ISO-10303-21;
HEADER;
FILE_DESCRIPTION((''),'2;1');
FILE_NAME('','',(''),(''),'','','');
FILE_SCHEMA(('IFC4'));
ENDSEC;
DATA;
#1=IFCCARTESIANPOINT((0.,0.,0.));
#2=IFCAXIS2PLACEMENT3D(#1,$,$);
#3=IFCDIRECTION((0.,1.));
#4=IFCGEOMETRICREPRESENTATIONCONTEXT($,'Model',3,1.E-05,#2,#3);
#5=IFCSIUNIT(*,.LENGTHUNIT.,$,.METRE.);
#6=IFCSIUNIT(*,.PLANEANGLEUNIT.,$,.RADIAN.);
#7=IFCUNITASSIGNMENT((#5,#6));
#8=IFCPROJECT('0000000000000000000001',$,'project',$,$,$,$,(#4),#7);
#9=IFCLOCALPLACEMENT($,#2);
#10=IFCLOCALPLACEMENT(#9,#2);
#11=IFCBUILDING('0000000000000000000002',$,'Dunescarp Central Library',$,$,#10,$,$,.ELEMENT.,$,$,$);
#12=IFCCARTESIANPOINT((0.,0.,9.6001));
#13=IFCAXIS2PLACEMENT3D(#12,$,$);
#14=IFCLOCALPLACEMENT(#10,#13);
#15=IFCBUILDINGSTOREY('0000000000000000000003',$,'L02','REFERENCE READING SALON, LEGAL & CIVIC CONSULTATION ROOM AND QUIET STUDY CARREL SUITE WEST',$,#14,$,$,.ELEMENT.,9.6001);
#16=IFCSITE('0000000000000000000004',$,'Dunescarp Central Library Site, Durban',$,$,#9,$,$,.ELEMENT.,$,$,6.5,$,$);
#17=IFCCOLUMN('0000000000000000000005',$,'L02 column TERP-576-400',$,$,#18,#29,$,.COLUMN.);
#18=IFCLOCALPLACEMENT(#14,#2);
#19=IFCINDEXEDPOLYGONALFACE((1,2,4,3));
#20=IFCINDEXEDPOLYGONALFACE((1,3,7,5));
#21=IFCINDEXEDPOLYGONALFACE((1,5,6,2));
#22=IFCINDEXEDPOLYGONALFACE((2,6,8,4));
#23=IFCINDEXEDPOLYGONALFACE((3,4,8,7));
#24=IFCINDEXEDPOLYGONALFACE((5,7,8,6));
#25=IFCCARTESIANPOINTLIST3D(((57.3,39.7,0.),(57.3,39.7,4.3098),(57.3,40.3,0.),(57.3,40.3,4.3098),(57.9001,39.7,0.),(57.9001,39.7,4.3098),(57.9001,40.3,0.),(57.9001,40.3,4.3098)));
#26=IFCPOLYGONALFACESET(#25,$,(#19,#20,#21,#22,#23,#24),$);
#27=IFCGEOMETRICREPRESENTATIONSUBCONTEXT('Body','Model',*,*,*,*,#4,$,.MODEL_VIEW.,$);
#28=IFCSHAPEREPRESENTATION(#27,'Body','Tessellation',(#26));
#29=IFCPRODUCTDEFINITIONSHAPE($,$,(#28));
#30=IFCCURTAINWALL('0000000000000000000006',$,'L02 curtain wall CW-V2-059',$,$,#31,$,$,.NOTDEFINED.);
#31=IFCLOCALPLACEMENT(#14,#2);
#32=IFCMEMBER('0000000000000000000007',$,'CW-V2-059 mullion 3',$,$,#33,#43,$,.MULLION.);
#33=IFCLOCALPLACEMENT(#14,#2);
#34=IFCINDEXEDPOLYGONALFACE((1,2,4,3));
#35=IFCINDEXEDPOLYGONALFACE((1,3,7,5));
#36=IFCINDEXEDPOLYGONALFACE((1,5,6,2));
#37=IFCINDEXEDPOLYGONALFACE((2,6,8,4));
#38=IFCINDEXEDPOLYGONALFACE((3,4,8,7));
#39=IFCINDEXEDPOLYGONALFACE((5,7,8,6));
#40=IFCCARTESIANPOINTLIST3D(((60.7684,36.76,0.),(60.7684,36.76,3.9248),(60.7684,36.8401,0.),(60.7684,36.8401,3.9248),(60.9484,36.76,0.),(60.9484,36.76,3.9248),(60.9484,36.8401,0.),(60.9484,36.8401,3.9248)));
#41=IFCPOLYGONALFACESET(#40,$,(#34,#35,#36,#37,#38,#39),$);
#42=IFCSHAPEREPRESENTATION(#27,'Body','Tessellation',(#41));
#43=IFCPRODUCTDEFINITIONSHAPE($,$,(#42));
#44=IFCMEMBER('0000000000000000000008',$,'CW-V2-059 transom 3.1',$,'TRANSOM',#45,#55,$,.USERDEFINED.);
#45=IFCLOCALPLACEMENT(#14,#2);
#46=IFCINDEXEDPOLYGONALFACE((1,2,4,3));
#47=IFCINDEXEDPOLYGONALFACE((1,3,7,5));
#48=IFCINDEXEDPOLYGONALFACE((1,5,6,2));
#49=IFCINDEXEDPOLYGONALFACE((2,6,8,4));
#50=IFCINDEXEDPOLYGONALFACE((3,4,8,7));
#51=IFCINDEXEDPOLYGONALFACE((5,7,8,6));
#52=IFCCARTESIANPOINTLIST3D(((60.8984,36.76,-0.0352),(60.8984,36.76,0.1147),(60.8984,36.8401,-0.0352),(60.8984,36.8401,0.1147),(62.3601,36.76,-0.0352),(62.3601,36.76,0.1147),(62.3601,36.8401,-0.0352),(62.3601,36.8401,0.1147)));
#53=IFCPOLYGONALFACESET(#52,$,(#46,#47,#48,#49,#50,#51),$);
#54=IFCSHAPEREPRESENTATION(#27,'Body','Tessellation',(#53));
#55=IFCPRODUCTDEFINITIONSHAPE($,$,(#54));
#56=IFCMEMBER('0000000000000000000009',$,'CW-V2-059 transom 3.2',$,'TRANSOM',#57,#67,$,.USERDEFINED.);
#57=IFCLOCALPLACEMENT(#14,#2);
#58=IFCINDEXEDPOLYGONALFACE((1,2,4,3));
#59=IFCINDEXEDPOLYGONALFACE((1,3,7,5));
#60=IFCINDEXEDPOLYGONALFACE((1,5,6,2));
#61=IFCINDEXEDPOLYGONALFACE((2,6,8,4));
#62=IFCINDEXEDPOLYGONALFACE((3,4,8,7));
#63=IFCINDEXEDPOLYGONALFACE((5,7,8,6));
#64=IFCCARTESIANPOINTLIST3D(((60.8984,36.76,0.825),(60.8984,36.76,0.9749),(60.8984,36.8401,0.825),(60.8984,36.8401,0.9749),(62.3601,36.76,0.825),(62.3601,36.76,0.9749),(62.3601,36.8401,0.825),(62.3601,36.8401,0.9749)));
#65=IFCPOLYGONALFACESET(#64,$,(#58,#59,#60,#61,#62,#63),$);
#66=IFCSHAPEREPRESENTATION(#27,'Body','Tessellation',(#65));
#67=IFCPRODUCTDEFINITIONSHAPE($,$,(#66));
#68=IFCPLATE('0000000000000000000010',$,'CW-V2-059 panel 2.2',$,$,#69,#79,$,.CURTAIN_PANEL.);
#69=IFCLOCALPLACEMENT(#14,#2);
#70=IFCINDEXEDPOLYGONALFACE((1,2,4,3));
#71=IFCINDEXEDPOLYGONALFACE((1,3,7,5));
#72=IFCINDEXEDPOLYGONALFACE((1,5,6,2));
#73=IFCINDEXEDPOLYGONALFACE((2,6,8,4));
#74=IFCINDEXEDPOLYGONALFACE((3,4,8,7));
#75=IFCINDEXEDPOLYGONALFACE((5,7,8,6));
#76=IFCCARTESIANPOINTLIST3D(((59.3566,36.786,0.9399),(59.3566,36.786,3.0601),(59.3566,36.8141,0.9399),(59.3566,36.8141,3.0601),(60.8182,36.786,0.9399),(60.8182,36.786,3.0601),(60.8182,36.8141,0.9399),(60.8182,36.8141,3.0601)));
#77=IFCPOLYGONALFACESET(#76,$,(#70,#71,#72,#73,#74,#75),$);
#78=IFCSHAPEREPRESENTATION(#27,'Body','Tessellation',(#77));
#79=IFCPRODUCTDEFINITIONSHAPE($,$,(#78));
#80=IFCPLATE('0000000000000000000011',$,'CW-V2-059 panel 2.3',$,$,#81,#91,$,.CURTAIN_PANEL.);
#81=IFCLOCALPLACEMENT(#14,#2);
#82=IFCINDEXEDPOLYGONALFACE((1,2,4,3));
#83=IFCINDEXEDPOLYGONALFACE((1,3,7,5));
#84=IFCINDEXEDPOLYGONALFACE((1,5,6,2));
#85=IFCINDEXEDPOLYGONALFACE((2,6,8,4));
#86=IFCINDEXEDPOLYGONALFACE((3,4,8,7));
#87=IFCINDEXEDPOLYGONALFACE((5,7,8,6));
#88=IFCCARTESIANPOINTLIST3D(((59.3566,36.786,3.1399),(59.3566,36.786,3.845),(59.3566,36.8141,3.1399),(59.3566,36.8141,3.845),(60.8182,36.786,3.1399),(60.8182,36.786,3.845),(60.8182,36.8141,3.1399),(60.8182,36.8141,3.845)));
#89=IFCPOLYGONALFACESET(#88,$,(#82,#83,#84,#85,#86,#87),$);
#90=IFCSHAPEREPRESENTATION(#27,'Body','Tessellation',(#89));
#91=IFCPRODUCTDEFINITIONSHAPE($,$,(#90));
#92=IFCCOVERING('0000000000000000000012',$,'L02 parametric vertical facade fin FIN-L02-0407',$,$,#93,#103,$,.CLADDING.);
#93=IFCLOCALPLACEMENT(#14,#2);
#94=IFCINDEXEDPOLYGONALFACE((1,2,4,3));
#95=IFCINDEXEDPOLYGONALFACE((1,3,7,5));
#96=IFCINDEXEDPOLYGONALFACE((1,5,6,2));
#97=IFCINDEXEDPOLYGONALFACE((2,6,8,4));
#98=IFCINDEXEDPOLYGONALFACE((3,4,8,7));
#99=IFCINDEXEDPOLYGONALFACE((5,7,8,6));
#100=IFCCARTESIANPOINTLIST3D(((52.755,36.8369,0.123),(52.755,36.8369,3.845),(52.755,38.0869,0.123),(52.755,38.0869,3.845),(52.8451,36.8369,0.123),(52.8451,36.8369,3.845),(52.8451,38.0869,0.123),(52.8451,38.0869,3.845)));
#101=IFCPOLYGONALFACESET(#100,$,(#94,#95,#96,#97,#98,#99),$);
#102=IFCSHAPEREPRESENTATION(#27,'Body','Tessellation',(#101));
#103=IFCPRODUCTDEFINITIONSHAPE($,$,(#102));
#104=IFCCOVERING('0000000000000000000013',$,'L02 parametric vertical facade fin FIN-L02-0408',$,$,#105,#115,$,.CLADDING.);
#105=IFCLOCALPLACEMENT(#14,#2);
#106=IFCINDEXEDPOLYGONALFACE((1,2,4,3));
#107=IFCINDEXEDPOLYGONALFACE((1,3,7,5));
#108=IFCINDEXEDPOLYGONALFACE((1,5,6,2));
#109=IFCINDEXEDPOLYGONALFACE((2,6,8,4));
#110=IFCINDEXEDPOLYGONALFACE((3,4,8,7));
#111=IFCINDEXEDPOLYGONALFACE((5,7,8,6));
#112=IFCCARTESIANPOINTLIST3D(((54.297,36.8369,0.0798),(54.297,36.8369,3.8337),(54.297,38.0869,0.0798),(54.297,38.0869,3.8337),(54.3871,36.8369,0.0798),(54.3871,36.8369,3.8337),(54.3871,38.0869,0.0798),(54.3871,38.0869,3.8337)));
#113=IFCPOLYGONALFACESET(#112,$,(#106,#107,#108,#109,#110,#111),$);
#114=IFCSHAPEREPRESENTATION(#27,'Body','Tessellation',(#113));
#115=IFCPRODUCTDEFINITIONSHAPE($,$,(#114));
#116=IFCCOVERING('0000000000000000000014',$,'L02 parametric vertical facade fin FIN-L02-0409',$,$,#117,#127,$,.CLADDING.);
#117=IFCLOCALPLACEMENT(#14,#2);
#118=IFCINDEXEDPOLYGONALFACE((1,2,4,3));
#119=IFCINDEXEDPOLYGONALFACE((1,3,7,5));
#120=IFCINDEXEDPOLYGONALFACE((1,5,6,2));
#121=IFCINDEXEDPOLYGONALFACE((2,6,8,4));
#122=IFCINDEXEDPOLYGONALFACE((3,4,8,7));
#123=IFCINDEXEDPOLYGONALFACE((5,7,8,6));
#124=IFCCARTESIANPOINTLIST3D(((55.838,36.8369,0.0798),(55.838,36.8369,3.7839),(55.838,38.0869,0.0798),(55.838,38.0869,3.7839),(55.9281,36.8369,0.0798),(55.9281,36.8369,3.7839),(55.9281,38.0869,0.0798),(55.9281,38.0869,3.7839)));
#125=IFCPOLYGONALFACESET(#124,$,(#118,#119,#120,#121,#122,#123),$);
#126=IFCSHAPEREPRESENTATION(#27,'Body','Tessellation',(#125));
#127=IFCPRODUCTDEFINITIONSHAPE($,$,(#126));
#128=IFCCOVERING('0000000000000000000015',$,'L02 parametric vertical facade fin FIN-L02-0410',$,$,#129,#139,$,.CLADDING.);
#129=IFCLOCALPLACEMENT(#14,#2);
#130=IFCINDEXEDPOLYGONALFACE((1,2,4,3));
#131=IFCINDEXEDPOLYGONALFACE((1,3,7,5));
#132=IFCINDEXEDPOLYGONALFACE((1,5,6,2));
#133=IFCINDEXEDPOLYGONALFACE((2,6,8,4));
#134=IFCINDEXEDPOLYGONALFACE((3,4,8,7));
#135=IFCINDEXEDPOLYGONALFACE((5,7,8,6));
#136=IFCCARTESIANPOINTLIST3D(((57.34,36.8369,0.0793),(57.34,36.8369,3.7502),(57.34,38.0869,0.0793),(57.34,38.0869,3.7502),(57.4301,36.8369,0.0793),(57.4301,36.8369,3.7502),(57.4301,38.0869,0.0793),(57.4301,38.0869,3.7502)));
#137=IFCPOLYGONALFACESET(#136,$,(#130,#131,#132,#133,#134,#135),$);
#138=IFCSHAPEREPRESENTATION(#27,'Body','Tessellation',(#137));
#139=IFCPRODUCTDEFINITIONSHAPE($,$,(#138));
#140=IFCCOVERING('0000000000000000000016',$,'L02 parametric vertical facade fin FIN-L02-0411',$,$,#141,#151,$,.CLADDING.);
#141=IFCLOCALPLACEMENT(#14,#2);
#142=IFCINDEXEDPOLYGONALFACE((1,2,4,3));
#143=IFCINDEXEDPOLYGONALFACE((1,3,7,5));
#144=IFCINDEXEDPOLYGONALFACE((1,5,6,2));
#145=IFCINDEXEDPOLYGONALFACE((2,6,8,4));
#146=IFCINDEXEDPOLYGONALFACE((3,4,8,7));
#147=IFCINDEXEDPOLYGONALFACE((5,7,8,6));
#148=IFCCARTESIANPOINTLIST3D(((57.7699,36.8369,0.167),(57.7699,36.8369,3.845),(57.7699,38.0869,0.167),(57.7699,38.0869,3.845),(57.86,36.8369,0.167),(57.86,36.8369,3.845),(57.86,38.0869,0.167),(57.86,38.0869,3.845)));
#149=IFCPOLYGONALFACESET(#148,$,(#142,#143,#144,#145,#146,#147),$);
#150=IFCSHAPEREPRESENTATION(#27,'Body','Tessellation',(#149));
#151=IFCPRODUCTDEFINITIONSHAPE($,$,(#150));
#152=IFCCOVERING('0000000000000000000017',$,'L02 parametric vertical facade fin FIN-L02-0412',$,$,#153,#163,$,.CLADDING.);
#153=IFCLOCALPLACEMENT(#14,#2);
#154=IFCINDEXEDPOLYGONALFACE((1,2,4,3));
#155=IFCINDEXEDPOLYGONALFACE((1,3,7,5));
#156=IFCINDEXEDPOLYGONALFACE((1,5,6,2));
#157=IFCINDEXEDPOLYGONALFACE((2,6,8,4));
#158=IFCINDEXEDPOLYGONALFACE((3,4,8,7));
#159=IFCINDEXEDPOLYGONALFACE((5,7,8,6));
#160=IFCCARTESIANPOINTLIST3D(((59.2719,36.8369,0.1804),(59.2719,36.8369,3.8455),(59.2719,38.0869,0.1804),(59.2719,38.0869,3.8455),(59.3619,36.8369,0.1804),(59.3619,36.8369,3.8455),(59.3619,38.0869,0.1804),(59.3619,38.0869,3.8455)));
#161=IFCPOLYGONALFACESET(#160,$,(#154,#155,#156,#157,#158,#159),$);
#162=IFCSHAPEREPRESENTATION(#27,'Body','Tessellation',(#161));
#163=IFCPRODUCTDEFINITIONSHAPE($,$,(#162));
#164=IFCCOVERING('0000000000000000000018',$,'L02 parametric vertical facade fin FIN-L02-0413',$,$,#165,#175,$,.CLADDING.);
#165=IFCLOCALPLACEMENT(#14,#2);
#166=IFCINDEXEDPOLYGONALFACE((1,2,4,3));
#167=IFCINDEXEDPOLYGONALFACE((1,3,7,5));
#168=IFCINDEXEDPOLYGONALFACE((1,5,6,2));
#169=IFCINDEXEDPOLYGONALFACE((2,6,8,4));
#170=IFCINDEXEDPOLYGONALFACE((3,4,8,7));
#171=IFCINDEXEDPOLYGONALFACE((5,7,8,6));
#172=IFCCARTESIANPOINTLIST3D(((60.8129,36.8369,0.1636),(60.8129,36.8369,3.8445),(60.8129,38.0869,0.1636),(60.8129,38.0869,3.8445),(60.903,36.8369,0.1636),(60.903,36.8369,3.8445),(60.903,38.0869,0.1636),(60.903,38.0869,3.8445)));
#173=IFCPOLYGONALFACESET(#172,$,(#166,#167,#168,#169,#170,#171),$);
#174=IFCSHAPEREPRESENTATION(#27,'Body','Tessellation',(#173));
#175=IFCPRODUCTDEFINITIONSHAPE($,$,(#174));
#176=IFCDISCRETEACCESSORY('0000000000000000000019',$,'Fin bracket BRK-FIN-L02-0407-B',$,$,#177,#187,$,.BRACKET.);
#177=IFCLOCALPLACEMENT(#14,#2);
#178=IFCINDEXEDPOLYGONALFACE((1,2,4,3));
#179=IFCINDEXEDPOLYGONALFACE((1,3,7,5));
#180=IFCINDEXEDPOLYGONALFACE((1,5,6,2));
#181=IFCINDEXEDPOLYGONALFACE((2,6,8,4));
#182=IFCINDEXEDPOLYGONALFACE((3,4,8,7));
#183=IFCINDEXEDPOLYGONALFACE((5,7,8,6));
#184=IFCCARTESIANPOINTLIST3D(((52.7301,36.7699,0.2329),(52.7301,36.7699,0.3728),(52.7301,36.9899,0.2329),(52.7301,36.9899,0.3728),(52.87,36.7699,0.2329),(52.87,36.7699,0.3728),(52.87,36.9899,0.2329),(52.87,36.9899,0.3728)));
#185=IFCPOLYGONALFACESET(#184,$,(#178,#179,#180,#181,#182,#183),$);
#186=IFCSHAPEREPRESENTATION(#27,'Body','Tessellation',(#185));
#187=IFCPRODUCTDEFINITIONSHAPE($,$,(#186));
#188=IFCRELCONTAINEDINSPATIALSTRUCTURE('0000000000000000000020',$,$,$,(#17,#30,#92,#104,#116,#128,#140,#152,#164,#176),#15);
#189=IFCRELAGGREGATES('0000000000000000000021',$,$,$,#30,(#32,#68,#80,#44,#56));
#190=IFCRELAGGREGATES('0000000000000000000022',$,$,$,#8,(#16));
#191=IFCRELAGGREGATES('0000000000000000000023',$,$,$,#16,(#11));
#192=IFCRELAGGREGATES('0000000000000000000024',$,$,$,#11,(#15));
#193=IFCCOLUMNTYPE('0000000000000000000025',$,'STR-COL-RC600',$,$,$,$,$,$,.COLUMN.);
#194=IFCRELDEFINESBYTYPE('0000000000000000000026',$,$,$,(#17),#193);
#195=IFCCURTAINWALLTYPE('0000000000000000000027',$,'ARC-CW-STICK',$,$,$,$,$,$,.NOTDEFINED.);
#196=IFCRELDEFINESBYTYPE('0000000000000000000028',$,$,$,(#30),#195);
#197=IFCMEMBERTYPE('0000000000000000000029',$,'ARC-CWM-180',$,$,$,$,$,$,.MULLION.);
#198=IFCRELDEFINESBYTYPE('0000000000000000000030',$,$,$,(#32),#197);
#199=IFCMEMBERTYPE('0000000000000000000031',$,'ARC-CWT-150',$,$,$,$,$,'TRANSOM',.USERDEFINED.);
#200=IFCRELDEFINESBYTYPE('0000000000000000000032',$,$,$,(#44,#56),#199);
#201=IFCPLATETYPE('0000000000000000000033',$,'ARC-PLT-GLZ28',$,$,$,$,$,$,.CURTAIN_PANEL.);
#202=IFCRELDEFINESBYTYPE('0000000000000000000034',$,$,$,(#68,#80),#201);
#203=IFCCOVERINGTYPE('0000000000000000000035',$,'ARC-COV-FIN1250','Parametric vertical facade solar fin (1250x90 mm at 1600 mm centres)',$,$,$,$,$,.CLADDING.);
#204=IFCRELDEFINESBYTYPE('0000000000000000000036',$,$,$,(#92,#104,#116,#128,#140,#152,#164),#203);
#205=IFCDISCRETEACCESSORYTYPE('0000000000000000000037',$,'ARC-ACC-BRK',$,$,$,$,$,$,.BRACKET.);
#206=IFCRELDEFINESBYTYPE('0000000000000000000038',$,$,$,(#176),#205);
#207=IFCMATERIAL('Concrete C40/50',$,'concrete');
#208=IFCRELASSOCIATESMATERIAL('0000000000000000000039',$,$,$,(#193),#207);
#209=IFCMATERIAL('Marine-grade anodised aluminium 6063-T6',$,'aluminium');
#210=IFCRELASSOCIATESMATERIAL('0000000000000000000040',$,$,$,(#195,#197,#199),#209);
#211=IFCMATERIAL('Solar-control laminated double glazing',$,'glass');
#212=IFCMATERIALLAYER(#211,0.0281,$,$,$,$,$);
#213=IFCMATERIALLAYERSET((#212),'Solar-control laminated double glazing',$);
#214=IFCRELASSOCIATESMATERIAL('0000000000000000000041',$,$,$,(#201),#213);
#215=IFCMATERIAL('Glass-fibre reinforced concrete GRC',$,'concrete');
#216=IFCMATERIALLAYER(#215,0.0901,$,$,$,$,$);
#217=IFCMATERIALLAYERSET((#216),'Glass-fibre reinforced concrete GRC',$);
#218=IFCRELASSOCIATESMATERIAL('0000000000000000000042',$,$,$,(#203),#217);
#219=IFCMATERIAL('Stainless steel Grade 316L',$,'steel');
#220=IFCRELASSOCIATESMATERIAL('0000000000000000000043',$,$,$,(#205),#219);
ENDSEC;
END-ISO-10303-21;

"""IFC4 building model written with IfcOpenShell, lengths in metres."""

from ifc_helpers import new_model, si_unit, direction, frame, origin, origin_2d, place, context, subcontext, project, spatial, rectangle, extrude, material, layer, layer_set, material_profile, profile_set, type_object, element, aggregate, save


model = new_model("IFC4")

# Units and contexts
model_context = context("Model", 3, precision=1e-05, world=origin(), true_north=direction((0.0, 1.0)))
body_context = subcontext(model_context, "Body", "Model", "MODEL_VIEW")
ifc_project = project(units=[si_unit("LENGTHUNIT", "METRE"), si_unit("PLANEANGLEUNIT", "RADIAN")], contexts=[model_context])

# Site, building, storey
site_placement = place(None, origin())
site = spatial("IfcSite", under=ifc_project, at=site_placement, Name="Dunescarp Central Library Site, Durban", CompositionType="ELEMENT", RefElevation=6.5)
building_placement = place(site_placement, origin())
building = spatial("IfcBuilding", under=site, at=building_placement, Name="Dunescarp Central Library", CompositionType="ELEMENT")
storey_placement = place(building_placement, frame((0.0, 0.0, 9.6001)))
storey = spatial("IfcBuildingStorey", under=building, at=storey_placement, Name="L02", Description="REFERENCE READING SALON, LEGAL & CIVIC CONSULTATION ROOM AND QUIET STUDY CARREL SUITE WEST", CompositionType="ELEMENT", Elevation=9.6001)

# Column
ifc_material_1 = material(Name="Concrete C40/50", Category="concrete")
ifc_material_profile_1 = material_profile(ifc_material_1, rectangle(XDim=0.6001, YDim=0.6001, at=origin_2d()), Name="RC 600x600")
ifc_profile_set_1 = profile_set([ifc_material_profile_1], Name="Concrete C40/50")
column_type = type_object("IfcColumnType", Name="STR-COL-RC600", PredefinedType="COLUMN", material=ifc_profile_set_1)
column_placement = place(storey_placement, frame((57.6001, 40.0, 0.0), z_axis=(0.0, 0.0, 1.0), x_axis=(1.0, 0.0, 0.0)))
element("IfcColumn", 1, at=column_placement, inside=storey, type_object=column_type, Name="L02 column TERP-576-400", PredefinedType="COLUMN", context=body_context, shape_type="SweptSolid", body=[
    extrude(rectangle(XDim=0.6001, YDim=0.6001, at=origin_2d()), origin(), (0.0, 0.0, 1.0), 4.3098),
])

# Curtain wall, members, plates
ifc_material_2 = material(Name="Marine-grade anodised aluminium 6063-T6", Category="aluminium")
curtain_wall_type = type_object("IfcCurtainWallType", Name="ARC-CW-STICK", PredefinedType="NOTDEFINED", material=ifc_material_2)
curtain_wall_placement = place(storey_placement, origin())
curtain_wall = element("IfcCurtainWall", 2, at=curtain_wall_placement, inside=storey, type_object=curtain_wall_type, Name="L02 curtain wall CW-V2-059", PredefinedType="NOTDEFINED")
ifc_material_profile_2 = material_profile(ifc_material_2, rectangle(XDim=0.0801, YDim=0.1799, at=origin_2d()), Name="AL 80x180")
ifc_profile_set_2 = profile_set([ifc_material_profile_2], Name="Marine-grade anodised aluminium 6063-T6")
member_type_1 = type_object("IfcMemberType", Name="ARC-CWM-180", PredefinedType="MULLION", material=ifc_profile_set_2)
member_1_placement = place(storey_placement, frame((60.8584, 36.8, 0.0), z_axis=(0.0, 0.0, 1.0), x_axis=(0.0, 1.0, 0.0)))
member_1 = element("IfcMember", 3, at=member_1_placement, type_object=member_type_1, Name="CW-V2-059 mullion 3", PredefinedType="MULLION", context=body_context, shape_type="SweptSolid", body=[
    extrude(rectangle(XDim=0.0801, YDim=0.1799, at=origin_2d()), origin(), (0.0, 0.0, 1.0), 3.9248),
])
ifc_material_profile_3 = material_profile(ifc_material_2, rectangle(XDim=0.0801, YDim=0.1499, at=origin_2d()), Name="AL 80x150")
ifc_profile_set_3 = profile_set([ifc_material_profile_3], Name="Marine-grade anodised aluminium 6063-T6")
member_type_2 = type_object("IfcMemberType", Name="ARC-CWT-150", ElementType="TRANSOM", PredefinedType="USERDEFINED", material=ifc_profile_set_3)
member_2_placement = place(storey_placement, frame((60.8984, 36.8, 0.0398), z_axis=(1.0, 0.0, 0.0), x_axis=(0.0, 1.0, 0.0)))
member_2 = element("IfcMember", 4, at=member_2_placement, type_object=member_type_2, Name="CW-V2-059 transom 3.1", ObjectType="TRANSOM", PredefinedType="USERDEFINED", context=body_context, shape_type="SweptSolid", body=[
    extrude(rectangle(XDim=0.0801, YDim=0.1499, at=origin_2d()), origin(), (0.0, 0.0, 1.0), 1.4617),
])
member_3_placement = place(storey_placement, frame((60.8984, 36.8, 0.8999), z_axis=(1.0, 0.0, 0.0), x_axis=(0.0, 1.0, 0.0)))
member_3 = element("IfcMember", 5, at=member_3_placement, type_object=member_type_2, Name="CW-V2-059 transom 3.2", ObjectType="TRANSOM", PredefinedType="USERDEFINED", context=body_context, shape_type="SweptSolid", body=[
    extrude(rectangle(XDim=0.0801, YDim=0.1499, at=origin_2d()), origin(), (0.0, 0.0, 1.0), 1.4617),
])
ifc_material_3 = material(Name="Solar-control laminated double glazing", Category="glass")
ifc_layer_1 = layer(ifc_material_3, 0.0281)
ifc_layer_set_1 = layer_set([ifc_layer_1], Name="Solar-control laminated double glazing")
plate_type = type_object("IfcPlateType", Name="ARC-PLT-GLZ28", PredefinedType="CURTAIN_PANEL", material=ifc_layer_set_1)
plate_1_placement = place(storey_placement, frame((60.0874, 36.8, 0.9399), z_axis=(0.0, 0.0, 1.0), x_axis=(1.0, 0.0, 0.0)))
plate_1 = element("IfcPlate", 6, at=plate_1_placement, type_object=plate_type, Name="CW-V2-059 panel 2.2", PredefinedType="CURTAIN_PANEL", context=body_context, shape_type="SweptSolid", body=[
    extrude(rectangle(XDim=1.4617, YDim=0.0281, at=origin_2d()), origin(), (0.0, 0.0, 1.0), 2.1201),
])
plate_2_placement = place(storey_placement, frame((60.0874, 36.8, 3.1399), z_axis=(0.0, 0.0, 1.0), x_axis=(1.0, 0.0, 0.0)))
plate_2 = element("IfcPlate", 7, at=plate_2_placement, type_object=plate_type, Name="CW-V2-059 panel 2.3", PredefinedType="CURTAIN_PANEL", context=body_context, shape_type="SweptSolid", body=[
    extrude(rectangle(XDim=1.4617, YDim=0.0281, at=origin_2d()), origin(), (0.0, 0.0, 1.0), 0.7051),
])
aggregate(curtain_wall, [member_1, plate_1, plate_2, member_2, member_3])

# Coverings
ifc_material_4 = material(Name="Glass-fibre reinforced concrete GRC", Category="concrete")
ifc_layer_2 = layer(ifc_material_4, 0.0901)
ifc_layer_set_2 = layer_set([ifc_layer_2], Name="Glass-fibre reinforced concrete GRC")
covering_type = type_object("IfcCoveringType", Name="ARC-COV-FIN1250", Description="Parametric vertical facade solar fin (1250x90 mm at 1600 mm centres)", PredefinedType="CLADDING", material=ifc_layer_set_2)
covering_1_placement = place(storey_placement, frame((52.8, 37.4619, 0.123), z_axis=(0.0, 0.0, 1.0), x_axis=(0.0, 1.0, 0.0)))
element("IfcCovering", 8, at=covering_1_placement, inside=storey, type_object=covering_type, Name="L02 parametric vertical facade fin FIN-L02-0407", PredefinedType="CLADDING", context=body_context, shape_type="SweptSolid", body=[
    extrude(rectangle(XDim=1.25, YDim=0.0901, at=origin_2d()), origin(), (0.0, 0.0, 1.0), 3.7219),
])
covering_2_placement = place(storey_placement, frame((54.342, 37.4619, 0.0798), z_axis=(0.0, 0.0, 1.0), x_axis=(0.0, 1.0, 0.0)))
element("IfcCovering", 9, at=covering_2_placement, inside=storey, type_object=covering_type, Name="L02 parametric vertical facade fin FIN-L02-0408", PredefinedType="CLADDING", context=body_context, shape_type="SweptSolid", body=[
    extrude(rectangle(XDim=1.25, YDim=0.0901, at=origin_2d()), origin(), (0.0, 0.0, 1.0), 3.7539),
])
covering_3_placement = place(storey_placement, frame((55.8831, 37.4619, 0.0798), z_axis=(0.0, 0.0, 1.0), x_axis=(0.0, 1.0, 0.0)))
element("IfcCovering", 10, at=covering_3_placement, inside=storey, type_object=covering_type, Name="L02 parametric vertical facade fin FIN-L02-0409", PredefinedType="CLADDING", context=body_context, shape_type="SweptSolid", body=[
    extrude(rectangle(XDim=1.25, YDim=0.0901, at=origin_2d()), origin(), (0.0, 0.0, 1.0), 3.7041),
])
covering_4_placement = place(storey_placement, frame((57.385, 37.4619, 0.0793), z_axis=(0.0, 0.0, 1.0), x_axis=(0.0, 1.0, 0.0)))
element("IfcCovering", 11, at=covering_4_placement, inside=storey, type_object=covering_type, Name="L02 parametric vertical facade fin FIN-L02-0410", PredefinedType="CLADDING", context=body_context, shape_type="SweptSolid", body=[
    extrude(rectangle(XDim=1.25, YDim=0.0901, at=origin_2d()), origin(), (0.0, 0.0, 1.0), 3.6709),
])
covering_5_placement = place(storey_placement, frame((57.8149, 37.4619, 0.167), z_axis=(0.0, 0.0, 1.0), x_axis=(0.0, 1.0, 0.0)))
element("IfcCovering", 12, at=covering_5_placement, inside=storey, type_object=covering_type, Name="L02 parametric vertical facade fin FIN-L02-0411", PredefinedType="CLADDING", context=body_context, shape_type="SweptSolid", body=[
    extrude(rectangle(XDim=1.25, YDim=0.0901, at=origin_2d()), origin(), (0.0, 0.0, 1.0), 3.678),
])
covering_6_placement = place(storey_placement, frame((59.3169, 37.4619, 0.1804), z_axis=(0.0, 0.0, 1.0), x_axis=(0.0, 1.0, 0.0)))
element("IfcCovering", 13, at=covering_6_placement, inside=storey, type_object=covering_type, Name="L02 parametric vertical facade fin FIN-L02-0412", PredefinedType="CLADDING", context=body_context, shape_type="SweptSolid", body=[
    extrude(rectangle(XDim=1.25, YDim=0.0901, at=origin_2d()), origin(), (0.0, 0.0, 1.0), 3.665),
])
covering_7_placement = place(storey_placement, frame((60.8579, 37.4619, 0.1636), z_axis=(0.0, 0.0, 1.0), x_axis=(0.0, 1.0, 0.0)))
element("IfcCovering", 14, at=covering_7_placement, inside=storey, type_object=covering_type, Name="L02 parametric vertical facade fin FIN-L02-0413", PredefinedType="CLADDING", context=body_context, shape_type="SweptSolid", body=[
    extrude(rectangle(XDim=1.25, YDim=0.0901, at=origin_2d()), origin(), (0.0, 0.0, 1.0), 3.6809),
])

# Discrete accessory
ifc_material_5 = material(Name="Stainless steel Grade 316L", Category="steel")
discrete_accessory_type = type_object("IfcDiscreteAccessoryType", Name="ARC-ACC-BRK", PredefinedType="BRACKET", material=ifc_material_5)
for number, where, z_axis, x_axis, name in (
    (15, (52.8, 36.8799, 0.2329), (0.0, 0.0, 1.0), (0.0, 1.0, 0.0), "Fin bracket BRK-FIN-L02-0407-B"),
):
    element("IfcDiscreteAccessory", number, at=place(storey_placement, frame(where, z_axis=z_axis, x_axis=x_axis)), inside=storey, type_object=discrete_accessory_type, Name=name, PredefinedType="BRACKET", context=body_context, shape_type="SweptSolid", body=[
        extrude(rectangle(XDim=0.22, YDim=0.1399, at=origin_2d()), origin(), (0.0, 0.0, 1.0), 0.1399),
    ])

save(model, "model.ifc")
